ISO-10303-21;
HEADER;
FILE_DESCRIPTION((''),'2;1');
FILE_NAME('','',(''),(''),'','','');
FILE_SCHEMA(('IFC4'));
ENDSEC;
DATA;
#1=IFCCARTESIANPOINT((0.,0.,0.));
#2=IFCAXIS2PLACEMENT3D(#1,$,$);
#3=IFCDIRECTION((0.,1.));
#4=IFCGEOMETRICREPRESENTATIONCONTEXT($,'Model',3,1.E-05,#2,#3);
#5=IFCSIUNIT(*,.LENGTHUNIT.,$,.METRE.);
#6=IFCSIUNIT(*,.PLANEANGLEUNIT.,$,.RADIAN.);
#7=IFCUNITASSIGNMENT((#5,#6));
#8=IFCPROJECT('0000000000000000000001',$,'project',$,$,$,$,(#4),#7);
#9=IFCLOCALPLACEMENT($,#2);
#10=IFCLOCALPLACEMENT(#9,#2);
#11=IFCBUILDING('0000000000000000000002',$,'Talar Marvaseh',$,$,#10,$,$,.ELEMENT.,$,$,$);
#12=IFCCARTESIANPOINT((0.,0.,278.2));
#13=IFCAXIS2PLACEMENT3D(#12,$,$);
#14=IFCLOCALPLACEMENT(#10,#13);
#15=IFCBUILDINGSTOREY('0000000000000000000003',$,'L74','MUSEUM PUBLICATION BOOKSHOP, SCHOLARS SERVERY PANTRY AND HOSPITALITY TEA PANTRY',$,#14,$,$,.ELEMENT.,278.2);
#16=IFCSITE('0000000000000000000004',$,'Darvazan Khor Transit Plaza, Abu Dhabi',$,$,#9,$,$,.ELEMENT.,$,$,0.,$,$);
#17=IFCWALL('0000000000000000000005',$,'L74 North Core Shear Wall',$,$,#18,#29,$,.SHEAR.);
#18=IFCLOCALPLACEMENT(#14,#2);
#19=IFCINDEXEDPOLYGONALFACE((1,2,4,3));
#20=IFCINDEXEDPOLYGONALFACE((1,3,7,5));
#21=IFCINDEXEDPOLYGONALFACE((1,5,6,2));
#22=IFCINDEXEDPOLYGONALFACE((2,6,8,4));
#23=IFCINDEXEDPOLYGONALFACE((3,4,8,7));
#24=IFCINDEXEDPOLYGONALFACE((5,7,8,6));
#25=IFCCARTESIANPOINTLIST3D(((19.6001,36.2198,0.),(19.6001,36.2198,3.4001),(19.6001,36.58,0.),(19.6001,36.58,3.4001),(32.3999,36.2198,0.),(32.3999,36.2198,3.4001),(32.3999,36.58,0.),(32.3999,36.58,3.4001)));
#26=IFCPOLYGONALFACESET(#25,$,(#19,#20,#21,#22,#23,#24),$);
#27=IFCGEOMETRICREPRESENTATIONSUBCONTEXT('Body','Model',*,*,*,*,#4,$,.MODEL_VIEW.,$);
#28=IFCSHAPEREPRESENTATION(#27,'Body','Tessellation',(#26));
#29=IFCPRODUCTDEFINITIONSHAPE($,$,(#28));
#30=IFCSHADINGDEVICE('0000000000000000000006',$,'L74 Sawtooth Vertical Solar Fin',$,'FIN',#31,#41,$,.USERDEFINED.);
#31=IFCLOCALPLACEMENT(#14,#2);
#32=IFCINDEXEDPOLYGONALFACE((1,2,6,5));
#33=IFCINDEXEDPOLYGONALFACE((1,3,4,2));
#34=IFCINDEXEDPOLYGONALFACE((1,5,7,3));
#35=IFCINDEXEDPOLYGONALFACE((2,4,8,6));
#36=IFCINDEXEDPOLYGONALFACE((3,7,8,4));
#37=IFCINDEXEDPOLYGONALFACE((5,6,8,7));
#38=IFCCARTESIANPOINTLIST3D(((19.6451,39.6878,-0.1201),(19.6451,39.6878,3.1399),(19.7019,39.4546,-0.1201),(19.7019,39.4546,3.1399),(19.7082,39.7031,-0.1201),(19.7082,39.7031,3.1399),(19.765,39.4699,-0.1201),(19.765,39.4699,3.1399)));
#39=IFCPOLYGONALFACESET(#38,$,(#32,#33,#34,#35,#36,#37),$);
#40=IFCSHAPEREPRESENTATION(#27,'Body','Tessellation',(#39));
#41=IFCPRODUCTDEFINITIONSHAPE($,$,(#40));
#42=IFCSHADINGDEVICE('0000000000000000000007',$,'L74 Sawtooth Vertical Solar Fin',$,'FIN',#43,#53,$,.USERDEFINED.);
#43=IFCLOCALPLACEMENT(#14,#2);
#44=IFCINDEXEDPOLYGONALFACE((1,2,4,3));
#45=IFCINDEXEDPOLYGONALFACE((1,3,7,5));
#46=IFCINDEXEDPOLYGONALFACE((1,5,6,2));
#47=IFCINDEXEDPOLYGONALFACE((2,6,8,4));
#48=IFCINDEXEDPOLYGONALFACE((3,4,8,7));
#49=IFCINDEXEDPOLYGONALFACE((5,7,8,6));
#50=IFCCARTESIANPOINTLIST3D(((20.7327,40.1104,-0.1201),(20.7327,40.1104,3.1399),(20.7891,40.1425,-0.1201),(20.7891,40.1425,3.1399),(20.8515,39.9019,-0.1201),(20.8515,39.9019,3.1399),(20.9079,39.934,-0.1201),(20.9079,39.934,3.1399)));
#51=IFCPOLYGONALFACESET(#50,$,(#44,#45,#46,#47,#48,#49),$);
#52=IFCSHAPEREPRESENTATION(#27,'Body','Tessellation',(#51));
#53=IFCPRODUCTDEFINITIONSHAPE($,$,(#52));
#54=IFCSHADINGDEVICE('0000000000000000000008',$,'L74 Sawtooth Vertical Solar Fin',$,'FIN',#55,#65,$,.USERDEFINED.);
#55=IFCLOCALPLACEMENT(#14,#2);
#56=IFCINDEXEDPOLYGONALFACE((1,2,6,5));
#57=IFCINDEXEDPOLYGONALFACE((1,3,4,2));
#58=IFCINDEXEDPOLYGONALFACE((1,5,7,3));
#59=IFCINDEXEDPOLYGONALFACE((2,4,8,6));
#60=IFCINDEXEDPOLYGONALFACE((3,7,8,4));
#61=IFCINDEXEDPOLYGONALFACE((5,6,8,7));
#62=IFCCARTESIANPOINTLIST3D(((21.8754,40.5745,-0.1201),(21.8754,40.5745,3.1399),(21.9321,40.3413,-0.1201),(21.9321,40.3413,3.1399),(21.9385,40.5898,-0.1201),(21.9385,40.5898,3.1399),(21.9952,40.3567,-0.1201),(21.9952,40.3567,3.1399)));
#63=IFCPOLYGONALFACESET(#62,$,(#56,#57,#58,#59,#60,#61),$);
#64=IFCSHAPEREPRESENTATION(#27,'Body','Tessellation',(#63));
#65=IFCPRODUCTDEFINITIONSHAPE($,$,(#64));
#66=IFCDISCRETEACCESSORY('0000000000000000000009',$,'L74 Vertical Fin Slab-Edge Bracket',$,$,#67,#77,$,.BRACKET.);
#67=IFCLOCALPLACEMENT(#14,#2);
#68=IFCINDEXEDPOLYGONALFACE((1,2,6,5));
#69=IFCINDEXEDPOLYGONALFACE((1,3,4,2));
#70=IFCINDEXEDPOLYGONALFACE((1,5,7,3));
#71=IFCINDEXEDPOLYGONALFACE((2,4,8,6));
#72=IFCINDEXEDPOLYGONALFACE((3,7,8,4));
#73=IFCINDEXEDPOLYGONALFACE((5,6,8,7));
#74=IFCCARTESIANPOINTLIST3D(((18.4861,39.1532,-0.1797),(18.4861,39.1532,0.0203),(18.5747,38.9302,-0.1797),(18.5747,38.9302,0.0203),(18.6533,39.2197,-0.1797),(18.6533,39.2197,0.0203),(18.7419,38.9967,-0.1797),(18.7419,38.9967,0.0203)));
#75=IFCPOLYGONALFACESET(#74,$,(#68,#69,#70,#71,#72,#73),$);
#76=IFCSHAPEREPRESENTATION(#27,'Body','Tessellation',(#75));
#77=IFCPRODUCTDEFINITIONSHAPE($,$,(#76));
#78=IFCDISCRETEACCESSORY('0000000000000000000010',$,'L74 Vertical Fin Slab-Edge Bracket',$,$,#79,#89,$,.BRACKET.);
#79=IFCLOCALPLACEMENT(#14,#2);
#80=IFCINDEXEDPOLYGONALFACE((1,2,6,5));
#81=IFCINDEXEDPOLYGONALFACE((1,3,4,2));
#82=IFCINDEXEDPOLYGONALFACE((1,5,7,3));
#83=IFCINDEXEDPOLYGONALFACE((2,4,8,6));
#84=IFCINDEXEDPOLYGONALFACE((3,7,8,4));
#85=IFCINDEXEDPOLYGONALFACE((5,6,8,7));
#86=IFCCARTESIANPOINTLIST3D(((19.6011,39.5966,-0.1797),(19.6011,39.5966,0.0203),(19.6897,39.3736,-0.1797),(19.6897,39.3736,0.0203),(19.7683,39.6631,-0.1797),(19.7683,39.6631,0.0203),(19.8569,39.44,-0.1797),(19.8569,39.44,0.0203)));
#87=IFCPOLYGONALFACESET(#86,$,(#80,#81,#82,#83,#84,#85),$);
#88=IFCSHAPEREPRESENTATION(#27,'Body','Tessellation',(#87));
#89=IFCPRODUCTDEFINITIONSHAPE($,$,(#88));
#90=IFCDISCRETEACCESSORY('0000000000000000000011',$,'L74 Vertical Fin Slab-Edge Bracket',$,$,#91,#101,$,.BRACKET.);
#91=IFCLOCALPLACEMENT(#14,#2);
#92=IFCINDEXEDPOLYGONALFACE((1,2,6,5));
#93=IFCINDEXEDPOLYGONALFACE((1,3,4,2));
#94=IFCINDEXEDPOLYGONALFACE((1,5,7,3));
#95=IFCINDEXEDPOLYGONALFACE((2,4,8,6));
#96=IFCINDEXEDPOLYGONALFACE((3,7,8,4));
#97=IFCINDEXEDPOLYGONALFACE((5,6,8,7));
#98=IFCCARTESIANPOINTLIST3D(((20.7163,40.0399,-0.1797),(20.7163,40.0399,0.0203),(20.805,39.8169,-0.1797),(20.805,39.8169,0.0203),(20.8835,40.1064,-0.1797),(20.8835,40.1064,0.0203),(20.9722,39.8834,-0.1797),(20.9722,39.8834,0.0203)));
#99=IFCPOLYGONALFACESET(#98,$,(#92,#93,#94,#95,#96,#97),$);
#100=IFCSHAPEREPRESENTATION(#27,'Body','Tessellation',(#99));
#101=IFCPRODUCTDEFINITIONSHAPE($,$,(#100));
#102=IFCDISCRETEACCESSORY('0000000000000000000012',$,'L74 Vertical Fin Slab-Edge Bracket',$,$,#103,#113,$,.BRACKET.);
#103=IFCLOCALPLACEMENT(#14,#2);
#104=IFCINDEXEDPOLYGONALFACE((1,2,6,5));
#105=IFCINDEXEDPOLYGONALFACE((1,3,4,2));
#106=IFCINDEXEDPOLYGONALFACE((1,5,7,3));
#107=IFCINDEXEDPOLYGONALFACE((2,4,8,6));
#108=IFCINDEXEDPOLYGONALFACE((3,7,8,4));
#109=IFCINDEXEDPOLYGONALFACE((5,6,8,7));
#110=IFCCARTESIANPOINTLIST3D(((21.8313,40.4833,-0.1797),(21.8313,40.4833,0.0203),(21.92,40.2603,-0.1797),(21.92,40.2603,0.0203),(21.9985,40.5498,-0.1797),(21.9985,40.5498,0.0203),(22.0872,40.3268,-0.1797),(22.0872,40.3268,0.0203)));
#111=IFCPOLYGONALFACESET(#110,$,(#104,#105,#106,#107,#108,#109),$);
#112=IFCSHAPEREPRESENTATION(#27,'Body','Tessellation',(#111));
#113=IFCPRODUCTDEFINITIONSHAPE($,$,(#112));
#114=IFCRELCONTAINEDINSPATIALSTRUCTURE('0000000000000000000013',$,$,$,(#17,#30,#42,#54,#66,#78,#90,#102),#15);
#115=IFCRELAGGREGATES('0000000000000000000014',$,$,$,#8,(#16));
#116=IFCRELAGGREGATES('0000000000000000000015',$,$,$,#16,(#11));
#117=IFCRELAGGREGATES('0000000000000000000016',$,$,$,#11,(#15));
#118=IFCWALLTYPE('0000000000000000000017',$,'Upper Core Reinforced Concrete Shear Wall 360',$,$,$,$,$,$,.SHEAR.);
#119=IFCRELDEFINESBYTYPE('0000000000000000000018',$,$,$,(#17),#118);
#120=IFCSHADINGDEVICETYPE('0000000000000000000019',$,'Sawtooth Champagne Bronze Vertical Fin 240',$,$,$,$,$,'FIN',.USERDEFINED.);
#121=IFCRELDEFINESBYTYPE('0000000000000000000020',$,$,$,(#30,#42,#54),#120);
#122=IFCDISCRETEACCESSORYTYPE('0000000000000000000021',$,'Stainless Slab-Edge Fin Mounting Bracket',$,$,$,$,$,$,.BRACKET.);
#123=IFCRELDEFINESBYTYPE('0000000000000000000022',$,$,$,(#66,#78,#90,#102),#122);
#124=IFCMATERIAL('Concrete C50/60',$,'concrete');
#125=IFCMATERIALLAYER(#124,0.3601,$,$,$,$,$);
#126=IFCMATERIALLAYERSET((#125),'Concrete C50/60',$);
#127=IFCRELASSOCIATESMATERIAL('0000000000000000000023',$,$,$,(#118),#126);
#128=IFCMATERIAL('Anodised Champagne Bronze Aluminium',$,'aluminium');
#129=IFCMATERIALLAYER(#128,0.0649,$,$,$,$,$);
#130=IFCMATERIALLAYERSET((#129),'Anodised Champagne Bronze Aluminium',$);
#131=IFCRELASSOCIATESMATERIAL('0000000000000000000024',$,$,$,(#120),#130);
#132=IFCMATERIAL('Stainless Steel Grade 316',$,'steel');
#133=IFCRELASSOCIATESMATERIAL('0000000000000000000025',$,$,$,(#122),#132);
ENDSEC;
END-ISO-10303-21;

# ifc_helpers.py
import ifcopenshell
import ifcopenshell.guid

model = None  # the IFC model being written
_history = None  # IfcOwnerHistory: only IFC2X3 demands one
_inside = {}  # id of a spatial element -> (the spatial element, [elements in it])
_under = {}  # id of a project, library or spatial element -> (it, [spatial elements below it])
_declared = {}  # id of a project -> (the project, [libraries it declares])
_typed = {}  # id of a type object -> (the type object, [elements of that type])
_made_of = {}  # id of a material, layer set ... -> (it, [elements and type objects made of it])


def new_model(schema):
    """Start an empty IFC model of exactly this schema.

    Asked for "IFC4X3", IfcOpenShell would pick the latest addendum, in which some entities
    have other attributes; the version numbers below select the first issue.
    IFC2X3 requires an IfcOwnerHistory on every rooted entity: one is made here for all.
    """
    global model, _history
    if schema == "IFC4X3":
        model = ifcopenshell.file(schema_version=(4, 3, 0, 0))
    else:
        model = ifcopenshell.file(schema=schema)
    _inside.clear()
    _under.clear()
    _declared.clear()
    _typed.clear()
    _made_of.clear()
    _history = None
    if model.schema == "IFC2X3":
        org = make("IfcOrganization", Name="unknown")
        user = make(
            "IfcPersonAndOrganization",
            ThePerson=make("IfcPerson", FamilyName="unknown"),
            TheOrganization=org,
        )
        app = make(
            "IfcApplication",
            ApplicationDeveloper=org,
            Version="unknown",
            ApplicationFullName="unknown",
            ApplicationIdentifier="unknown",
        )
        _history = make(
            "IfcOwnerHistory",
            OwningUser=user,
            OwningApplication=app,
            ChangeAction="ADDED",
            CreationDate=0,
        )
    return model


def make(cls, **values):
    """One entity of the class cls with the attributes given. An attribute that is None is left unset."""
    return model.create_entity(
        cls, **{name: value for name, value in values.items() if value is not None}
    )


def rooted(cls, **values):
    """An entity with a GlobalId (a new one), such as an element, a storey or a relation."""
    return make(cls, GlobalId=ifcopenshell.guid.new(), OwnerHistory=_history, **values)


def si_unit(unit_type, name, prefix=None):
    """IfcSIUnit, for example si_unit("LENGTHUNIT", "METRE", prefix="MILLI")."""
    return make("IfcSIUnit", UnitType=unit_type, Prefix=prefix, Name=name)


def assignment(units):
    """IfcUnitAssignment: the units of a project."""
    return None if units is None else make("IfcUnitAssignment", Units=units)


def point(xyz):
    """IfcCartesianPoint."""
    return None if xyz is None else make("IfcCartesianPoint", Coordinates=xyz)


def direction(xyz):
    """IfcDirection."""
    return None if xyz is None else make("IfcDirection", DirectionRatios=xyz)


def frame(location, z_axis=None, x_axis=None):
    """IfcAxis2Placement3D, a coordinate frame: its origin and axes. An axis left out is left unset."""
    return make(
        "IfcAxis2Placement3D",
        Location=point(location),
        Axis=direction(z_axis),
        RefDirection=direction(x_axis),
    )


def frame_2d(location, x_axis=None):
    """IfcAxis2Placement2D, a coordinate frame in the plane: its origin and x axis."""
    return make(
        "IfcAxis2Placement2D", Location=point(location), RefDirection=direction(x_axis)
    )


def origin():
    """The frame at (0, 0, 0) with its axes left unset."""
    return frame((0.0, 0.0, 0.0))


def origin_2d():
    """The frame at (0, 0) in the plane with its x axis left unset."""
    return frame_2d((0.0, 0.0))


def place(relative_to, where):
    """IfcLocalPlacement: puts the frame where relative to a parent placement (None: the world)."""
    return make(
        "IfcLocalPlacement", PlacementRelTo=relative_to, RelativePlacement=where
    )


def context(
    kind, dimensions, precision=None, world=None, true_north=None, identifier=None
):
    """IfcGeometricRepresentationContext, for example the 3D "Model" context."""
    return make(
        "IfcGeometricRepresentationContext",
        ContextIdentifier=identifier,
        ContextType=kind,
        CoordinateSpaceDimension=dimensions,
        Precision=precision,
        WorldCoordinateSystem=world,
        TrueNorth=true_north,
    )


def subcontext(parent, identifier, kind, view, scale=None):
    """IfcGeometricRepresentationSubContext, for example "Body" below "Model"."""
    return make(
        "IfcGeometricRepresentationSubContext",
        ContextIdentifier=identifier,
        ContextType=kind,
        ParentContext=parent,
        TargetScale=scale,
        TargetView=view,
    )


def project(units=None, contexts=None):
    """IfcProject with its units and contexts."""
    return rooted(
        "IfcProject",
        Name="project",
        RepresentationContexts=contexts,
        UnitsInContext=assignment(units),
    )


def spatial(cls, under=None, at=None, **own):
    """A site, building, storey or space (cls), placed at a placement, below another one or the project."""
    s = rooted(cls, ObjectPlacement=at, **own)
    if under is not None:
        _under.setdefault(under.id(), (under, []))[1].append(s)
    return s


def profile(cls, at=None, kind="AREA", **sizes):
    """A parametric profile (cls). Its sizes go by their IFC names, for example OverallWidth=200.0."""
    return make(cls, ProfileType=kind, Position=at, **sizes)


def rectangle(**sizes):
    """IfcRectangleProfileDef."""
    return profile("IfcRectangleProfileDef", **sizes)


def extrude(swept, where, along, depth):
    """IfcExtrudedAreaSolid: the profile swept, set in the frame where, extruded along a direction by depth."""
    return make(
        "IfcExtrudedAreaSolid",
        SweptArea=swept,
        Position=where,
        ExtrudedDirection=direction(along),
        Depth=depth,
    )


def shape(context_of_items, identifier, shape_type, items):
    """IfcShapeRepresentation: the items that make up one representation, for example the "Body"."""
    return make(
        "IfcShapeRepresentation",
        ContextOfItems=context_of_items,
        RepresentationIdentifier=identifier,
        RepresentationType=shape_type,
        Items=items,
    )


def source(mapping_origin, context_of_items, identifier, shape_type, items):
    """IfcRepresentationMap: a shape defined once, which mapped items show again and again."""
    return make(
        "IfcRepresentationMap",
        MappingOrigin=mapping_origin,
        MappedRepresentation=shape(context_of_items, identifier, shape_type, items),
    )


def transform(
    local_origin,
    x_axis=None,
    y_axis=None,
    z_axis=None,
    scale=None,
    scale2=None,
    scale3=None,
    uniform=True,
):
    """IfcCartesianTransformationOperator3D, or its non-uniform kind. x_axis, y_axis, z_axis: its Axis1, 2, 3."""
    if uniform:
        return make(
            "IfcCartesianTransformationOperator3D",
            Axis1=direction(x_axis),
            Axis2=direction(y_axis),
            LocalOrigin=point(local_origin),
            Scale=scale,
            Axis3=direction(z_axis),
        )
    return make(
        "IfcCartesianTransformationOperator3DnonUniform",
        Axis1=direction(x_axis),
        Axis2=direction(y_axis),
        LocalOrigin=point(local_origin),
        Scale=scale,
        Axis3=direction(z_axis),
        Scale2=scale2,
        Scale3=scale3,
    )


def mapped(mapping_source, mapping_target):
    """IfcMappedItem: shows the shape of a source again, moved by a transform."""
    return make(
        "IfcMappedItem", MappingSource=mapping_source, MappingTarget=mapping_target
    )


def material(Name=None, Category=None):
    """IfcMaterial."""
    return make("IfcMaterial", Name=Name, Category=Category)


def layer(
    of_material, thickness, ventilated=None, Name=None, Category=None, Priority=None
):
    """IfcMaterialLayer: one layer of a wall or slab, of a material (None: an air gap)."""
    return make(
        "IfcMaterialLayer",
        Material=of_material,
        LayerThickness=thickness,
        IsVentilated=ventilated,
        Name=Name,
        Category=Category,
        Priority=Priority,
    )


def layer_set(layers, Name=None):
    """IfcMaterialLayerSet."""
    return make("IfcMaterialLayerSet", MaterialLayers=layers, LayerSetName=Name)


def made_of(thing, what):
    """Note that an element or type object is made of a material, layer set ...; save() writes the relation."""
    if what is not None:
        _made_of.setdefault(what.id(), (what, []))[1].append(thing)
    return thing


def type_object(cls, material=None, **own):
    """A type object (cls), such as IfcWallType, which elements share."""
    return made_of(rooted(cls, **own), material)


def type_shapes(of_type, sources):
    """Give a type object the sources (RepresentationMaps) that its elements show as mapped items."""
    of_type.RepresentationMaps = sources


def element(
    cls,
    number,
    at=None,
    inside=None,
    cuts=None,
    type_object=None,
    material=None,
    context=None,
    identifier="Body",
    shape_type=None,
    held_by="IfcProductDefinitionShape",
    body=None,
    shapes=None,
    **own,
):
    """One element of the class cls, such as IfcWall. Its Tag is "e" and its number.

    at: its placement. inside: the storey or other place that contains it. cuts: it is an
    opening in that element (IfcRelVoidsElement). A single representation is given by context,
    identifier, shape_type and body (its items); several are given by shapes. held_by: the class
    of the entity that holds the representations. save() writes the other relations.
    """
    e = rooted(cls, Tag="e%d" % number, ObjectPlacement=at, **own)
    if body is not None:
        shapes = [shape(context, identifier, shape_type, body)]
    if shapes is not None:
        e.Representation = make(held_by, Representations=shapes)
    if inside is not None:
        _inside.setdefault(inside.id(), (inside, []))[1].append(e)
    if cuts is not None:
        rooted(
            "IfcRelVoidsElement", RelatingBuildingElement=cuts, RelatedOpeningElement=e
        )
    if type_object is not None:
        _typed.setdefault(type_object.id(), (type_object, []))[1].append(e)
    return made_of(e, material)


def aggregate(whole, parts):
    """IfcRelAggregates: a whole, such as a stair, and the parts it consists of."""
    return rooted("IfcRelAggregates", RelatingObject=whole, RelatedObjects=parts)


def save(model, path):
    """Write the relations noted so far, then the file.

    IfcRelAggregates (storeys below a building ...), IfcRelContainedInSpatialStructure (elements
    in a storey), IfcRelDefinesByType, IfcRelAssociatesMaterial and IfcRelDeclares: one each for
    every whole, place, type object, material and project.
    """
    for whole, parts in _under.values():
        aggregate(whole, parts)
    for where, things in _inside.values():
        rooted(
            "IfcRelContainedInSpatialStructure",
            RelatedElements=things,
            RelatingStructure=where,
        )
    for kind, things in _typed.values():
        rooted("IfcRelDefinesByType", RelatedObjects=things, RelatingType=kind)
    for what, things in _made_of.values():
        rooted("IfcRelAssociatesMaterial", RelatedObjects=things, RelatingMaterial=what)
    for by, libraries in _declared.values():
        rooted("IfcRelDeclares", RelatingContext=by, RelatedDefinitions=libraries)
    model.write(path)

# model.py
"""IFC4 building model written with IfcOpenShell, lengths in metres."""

from ifc_helpers import new_model, si_unit, direction, frame, frame_2d, origin, origin_2d, place, context, subcontext, project, spatial, rectangle, extrude, source, transform, mapped, material, layer, layer_set, type_object, type_shapes, element, save


model = new_model("IFC4")

# Units and contexts
model_context = context("Model", 3, precision=1e-05, world=origin(), true_north=direction((0.0, 1.0)))
body_context = subcontext(model_context, "Body", "Model", "MODEL_VIEW")
ifc_project = project(units=[si_unit("LENGTHUNIT", "METRE"), si_unit("PLANEANGLEUNIT", "RADIAN")], contexts=[model_context])

# Site, building, storey
site_placement = place(None, origin())
site = spatial("IfcSite", under=ifc_project, at=site_placement, Name="Darvazan Khor Transit Plaza, Abu Dhabi", CompositionType="ELEMENT", RefElevation=0.0)
building_placement = place(site_placement, origin())
building = spatial("IfcBuilding", under=site, at=building_placement, Name="Talar Marvaseh", CompositionType="ELEMENT")
storey_placement = place(building_placement, frame((0.0, 0.0, 278.2)))
storey = spatial("IfcBuildingStorey", under=building, at=storey_placement, Name="L74", Description="MUSEUM PUBLICATION BOOKSHOP, SCHOLARS SERVERY PANTRY AND HOSPITALITY TEA PANTRY", CompositionType="ELEMENT", Elevation=278.2)

# Shared definitions
ifc_material_1 = material(Name="Concrete C50/60", Category="concrete")

# Shared definitions
ifc_material_2 = material(Name="Stainless Steel Grade 316", Category="steel")

# Wall
ifc_layer_1 = layer(ifc_material_1, 0.3601)
ifc_layer_set_1 = layer_set([ifc_layer_1], Name="Concrete C50/60")
wall_type_1 = type_object("IfcWallType", Name="Upper Core Reinforced Concrete Shear Wall 360", PredefinedType="SHEAR", material=ifc_layer_set_1)
wall_1_placement = place(storey_placement, frame((19.6001, 36.3999, 0.0), z_axis=(0.0, 0.0, 1.0), x_axis=(1.0, 0.0, 0.0)))
element("IfcWall", 1, at=wall_1_placement, inside=storey, type_object=wall_type_1, Name="L74 North Core Shear Wall", PredefinedType="SHEAR", context=body_context, shape_type="SweptSolid", body=[
    extrude(rectangle(XDim=12.7998, YDim=0.3601, at=frame_2d((6.3999, 0.0))), origin(), (0.0, 0.0, 1.0), 3.4001),
])

# Shading devices
ifc_material_3 = material(Name="Anodised Champagne Bronze Aluminium", Category="aluminium")
ifc_layer_2 = layer(ifc_material_3, 0.0649)
ifc_layer_set_2 = layer_set([ifc_layer_2], Name="Anodised Champagne Bronze Aluminium")
shading_device_type = type_object("IfcShadingDeviceType", Name="Sawtooth Champagne Bronze Vertical Fin 240", ElementType="FIN", PredefinedType="USERDEFINED", material=ifc_layer_set_2)
shared_shape_1 = source(origin(), body_context, "Body", "SweptSolid", [
    extrude(rectangle(XDim=0.24, YDim=0.0649, at=origin_2d()), origin(), (0.0, 0.0, 1.0), 3.26),
])
type_shapes(shading_device_type, [shared_shape_1])
for number, where, z_axis, x_axis, name in (
    (2, (19.7051, 39.5789, -0.1201), (0.0, 0.0, 1.0), (-0.236499, 0.971632, 0.0), "L74 Sawtooth Vertical Solar Fin"),
    (3, (20.8203, 40.0222, -0.1201), (0.0, 0.0, 1.0), (-0.495155, 0.868804, 0.0), "L74 Sawtooth Vertical Solar Fin"),
    (4, (21.9353, 40.4656, -0.1201), (0.0, 0.0, 1.0), (-0.236499, 0.971632, 0.0), "L74 Sawtooth Vertical Solar Fin"),
):
    element("IfcShadingDevice", number, at=place(storey_placement, frame(where, z_axis=z_axis, x_axis=x_axis)), inside=storey, type_object=shading_device_type, Name=name, ObjectType="FIN", PredefinedType="USERDEFINED", context=body_context, shape_type="MappedRepresentation", body=[
        mapped(shared_shape_1, transform((0.0, 0.0, 0.0), x_axis=(1.0, 0.0, 0.0), y_axis=(0.0, 1.0, 0.0), z_axis=(0.0, 0.0, 1.0), scale=1.0)),
    ])

# Discrete accessories
discrete_accessory_type = type_object("IfcDiscreteAccessoryType", Name="Stainless Slab-Edge Fin Mounting Bracket", PredefinedType="BRACKET", material=ifc_material_2)
shared_shape_2 = source(origin(), body_context, "Body", "SweptSolid", [
    extrude(rectangle(XDim=0.24, YDim=0.1799, at=origin_2d()), origin(), (0.0, 0.0, 1.0), 0.2),
])
type_shapes(discrete_accessory_type, [shared_shape_2])
for number, where, z_axis, x_axis, name in (
    (5, (18.614, 39.075, -0.1797), (0.0, 0.0, 1.0), (-0.369422, 0.929262, 0.0), "L74 Vertical Fin Slab-Edge Bracket"),
    (6, (19.729, 39.5183, -0.1797), (0.0, 0.0, 1.0), (-0.369422, 0.929262, 0.0), "L74 Vertical Fin Slab-Edge Bracket"),
    (7, (20.8442, 39.9617, -0.1797), (0.0, 0.0, 1.0), (-0.369422, 0.929262, 0.0), "L74 Vertical Fin Slab-Edge Bracket"),
    (8, (21.9592, 40.405, -0.1797), (0.0, 0.0, 1.0), (-0.369422, 0.929262, 0.0), "L74 Vertical Fin Slab-Edge Bracket"),
):
    element("IfcDiscreteAccessory", number, at=place(storey_placement, frame(where, z_axis=z_axis, x_axis=x_axis)), inside=storey, type_object=discrete_accessory_type, Name=name, PredefinedType="BRACKET", context=body_context, shape_type="MappedRepresentation", body=[
        mapped(shared_shape_2, transform((0.0, 0.0, 0.0), x_axis=(1.0, 0.0, 0.0), y_axis=(0.0, 1.0, 0.0), z_axis=(0.0, 0.0, 1.0), scale=1.0)),
    ])

save(model, "model.ifc")
